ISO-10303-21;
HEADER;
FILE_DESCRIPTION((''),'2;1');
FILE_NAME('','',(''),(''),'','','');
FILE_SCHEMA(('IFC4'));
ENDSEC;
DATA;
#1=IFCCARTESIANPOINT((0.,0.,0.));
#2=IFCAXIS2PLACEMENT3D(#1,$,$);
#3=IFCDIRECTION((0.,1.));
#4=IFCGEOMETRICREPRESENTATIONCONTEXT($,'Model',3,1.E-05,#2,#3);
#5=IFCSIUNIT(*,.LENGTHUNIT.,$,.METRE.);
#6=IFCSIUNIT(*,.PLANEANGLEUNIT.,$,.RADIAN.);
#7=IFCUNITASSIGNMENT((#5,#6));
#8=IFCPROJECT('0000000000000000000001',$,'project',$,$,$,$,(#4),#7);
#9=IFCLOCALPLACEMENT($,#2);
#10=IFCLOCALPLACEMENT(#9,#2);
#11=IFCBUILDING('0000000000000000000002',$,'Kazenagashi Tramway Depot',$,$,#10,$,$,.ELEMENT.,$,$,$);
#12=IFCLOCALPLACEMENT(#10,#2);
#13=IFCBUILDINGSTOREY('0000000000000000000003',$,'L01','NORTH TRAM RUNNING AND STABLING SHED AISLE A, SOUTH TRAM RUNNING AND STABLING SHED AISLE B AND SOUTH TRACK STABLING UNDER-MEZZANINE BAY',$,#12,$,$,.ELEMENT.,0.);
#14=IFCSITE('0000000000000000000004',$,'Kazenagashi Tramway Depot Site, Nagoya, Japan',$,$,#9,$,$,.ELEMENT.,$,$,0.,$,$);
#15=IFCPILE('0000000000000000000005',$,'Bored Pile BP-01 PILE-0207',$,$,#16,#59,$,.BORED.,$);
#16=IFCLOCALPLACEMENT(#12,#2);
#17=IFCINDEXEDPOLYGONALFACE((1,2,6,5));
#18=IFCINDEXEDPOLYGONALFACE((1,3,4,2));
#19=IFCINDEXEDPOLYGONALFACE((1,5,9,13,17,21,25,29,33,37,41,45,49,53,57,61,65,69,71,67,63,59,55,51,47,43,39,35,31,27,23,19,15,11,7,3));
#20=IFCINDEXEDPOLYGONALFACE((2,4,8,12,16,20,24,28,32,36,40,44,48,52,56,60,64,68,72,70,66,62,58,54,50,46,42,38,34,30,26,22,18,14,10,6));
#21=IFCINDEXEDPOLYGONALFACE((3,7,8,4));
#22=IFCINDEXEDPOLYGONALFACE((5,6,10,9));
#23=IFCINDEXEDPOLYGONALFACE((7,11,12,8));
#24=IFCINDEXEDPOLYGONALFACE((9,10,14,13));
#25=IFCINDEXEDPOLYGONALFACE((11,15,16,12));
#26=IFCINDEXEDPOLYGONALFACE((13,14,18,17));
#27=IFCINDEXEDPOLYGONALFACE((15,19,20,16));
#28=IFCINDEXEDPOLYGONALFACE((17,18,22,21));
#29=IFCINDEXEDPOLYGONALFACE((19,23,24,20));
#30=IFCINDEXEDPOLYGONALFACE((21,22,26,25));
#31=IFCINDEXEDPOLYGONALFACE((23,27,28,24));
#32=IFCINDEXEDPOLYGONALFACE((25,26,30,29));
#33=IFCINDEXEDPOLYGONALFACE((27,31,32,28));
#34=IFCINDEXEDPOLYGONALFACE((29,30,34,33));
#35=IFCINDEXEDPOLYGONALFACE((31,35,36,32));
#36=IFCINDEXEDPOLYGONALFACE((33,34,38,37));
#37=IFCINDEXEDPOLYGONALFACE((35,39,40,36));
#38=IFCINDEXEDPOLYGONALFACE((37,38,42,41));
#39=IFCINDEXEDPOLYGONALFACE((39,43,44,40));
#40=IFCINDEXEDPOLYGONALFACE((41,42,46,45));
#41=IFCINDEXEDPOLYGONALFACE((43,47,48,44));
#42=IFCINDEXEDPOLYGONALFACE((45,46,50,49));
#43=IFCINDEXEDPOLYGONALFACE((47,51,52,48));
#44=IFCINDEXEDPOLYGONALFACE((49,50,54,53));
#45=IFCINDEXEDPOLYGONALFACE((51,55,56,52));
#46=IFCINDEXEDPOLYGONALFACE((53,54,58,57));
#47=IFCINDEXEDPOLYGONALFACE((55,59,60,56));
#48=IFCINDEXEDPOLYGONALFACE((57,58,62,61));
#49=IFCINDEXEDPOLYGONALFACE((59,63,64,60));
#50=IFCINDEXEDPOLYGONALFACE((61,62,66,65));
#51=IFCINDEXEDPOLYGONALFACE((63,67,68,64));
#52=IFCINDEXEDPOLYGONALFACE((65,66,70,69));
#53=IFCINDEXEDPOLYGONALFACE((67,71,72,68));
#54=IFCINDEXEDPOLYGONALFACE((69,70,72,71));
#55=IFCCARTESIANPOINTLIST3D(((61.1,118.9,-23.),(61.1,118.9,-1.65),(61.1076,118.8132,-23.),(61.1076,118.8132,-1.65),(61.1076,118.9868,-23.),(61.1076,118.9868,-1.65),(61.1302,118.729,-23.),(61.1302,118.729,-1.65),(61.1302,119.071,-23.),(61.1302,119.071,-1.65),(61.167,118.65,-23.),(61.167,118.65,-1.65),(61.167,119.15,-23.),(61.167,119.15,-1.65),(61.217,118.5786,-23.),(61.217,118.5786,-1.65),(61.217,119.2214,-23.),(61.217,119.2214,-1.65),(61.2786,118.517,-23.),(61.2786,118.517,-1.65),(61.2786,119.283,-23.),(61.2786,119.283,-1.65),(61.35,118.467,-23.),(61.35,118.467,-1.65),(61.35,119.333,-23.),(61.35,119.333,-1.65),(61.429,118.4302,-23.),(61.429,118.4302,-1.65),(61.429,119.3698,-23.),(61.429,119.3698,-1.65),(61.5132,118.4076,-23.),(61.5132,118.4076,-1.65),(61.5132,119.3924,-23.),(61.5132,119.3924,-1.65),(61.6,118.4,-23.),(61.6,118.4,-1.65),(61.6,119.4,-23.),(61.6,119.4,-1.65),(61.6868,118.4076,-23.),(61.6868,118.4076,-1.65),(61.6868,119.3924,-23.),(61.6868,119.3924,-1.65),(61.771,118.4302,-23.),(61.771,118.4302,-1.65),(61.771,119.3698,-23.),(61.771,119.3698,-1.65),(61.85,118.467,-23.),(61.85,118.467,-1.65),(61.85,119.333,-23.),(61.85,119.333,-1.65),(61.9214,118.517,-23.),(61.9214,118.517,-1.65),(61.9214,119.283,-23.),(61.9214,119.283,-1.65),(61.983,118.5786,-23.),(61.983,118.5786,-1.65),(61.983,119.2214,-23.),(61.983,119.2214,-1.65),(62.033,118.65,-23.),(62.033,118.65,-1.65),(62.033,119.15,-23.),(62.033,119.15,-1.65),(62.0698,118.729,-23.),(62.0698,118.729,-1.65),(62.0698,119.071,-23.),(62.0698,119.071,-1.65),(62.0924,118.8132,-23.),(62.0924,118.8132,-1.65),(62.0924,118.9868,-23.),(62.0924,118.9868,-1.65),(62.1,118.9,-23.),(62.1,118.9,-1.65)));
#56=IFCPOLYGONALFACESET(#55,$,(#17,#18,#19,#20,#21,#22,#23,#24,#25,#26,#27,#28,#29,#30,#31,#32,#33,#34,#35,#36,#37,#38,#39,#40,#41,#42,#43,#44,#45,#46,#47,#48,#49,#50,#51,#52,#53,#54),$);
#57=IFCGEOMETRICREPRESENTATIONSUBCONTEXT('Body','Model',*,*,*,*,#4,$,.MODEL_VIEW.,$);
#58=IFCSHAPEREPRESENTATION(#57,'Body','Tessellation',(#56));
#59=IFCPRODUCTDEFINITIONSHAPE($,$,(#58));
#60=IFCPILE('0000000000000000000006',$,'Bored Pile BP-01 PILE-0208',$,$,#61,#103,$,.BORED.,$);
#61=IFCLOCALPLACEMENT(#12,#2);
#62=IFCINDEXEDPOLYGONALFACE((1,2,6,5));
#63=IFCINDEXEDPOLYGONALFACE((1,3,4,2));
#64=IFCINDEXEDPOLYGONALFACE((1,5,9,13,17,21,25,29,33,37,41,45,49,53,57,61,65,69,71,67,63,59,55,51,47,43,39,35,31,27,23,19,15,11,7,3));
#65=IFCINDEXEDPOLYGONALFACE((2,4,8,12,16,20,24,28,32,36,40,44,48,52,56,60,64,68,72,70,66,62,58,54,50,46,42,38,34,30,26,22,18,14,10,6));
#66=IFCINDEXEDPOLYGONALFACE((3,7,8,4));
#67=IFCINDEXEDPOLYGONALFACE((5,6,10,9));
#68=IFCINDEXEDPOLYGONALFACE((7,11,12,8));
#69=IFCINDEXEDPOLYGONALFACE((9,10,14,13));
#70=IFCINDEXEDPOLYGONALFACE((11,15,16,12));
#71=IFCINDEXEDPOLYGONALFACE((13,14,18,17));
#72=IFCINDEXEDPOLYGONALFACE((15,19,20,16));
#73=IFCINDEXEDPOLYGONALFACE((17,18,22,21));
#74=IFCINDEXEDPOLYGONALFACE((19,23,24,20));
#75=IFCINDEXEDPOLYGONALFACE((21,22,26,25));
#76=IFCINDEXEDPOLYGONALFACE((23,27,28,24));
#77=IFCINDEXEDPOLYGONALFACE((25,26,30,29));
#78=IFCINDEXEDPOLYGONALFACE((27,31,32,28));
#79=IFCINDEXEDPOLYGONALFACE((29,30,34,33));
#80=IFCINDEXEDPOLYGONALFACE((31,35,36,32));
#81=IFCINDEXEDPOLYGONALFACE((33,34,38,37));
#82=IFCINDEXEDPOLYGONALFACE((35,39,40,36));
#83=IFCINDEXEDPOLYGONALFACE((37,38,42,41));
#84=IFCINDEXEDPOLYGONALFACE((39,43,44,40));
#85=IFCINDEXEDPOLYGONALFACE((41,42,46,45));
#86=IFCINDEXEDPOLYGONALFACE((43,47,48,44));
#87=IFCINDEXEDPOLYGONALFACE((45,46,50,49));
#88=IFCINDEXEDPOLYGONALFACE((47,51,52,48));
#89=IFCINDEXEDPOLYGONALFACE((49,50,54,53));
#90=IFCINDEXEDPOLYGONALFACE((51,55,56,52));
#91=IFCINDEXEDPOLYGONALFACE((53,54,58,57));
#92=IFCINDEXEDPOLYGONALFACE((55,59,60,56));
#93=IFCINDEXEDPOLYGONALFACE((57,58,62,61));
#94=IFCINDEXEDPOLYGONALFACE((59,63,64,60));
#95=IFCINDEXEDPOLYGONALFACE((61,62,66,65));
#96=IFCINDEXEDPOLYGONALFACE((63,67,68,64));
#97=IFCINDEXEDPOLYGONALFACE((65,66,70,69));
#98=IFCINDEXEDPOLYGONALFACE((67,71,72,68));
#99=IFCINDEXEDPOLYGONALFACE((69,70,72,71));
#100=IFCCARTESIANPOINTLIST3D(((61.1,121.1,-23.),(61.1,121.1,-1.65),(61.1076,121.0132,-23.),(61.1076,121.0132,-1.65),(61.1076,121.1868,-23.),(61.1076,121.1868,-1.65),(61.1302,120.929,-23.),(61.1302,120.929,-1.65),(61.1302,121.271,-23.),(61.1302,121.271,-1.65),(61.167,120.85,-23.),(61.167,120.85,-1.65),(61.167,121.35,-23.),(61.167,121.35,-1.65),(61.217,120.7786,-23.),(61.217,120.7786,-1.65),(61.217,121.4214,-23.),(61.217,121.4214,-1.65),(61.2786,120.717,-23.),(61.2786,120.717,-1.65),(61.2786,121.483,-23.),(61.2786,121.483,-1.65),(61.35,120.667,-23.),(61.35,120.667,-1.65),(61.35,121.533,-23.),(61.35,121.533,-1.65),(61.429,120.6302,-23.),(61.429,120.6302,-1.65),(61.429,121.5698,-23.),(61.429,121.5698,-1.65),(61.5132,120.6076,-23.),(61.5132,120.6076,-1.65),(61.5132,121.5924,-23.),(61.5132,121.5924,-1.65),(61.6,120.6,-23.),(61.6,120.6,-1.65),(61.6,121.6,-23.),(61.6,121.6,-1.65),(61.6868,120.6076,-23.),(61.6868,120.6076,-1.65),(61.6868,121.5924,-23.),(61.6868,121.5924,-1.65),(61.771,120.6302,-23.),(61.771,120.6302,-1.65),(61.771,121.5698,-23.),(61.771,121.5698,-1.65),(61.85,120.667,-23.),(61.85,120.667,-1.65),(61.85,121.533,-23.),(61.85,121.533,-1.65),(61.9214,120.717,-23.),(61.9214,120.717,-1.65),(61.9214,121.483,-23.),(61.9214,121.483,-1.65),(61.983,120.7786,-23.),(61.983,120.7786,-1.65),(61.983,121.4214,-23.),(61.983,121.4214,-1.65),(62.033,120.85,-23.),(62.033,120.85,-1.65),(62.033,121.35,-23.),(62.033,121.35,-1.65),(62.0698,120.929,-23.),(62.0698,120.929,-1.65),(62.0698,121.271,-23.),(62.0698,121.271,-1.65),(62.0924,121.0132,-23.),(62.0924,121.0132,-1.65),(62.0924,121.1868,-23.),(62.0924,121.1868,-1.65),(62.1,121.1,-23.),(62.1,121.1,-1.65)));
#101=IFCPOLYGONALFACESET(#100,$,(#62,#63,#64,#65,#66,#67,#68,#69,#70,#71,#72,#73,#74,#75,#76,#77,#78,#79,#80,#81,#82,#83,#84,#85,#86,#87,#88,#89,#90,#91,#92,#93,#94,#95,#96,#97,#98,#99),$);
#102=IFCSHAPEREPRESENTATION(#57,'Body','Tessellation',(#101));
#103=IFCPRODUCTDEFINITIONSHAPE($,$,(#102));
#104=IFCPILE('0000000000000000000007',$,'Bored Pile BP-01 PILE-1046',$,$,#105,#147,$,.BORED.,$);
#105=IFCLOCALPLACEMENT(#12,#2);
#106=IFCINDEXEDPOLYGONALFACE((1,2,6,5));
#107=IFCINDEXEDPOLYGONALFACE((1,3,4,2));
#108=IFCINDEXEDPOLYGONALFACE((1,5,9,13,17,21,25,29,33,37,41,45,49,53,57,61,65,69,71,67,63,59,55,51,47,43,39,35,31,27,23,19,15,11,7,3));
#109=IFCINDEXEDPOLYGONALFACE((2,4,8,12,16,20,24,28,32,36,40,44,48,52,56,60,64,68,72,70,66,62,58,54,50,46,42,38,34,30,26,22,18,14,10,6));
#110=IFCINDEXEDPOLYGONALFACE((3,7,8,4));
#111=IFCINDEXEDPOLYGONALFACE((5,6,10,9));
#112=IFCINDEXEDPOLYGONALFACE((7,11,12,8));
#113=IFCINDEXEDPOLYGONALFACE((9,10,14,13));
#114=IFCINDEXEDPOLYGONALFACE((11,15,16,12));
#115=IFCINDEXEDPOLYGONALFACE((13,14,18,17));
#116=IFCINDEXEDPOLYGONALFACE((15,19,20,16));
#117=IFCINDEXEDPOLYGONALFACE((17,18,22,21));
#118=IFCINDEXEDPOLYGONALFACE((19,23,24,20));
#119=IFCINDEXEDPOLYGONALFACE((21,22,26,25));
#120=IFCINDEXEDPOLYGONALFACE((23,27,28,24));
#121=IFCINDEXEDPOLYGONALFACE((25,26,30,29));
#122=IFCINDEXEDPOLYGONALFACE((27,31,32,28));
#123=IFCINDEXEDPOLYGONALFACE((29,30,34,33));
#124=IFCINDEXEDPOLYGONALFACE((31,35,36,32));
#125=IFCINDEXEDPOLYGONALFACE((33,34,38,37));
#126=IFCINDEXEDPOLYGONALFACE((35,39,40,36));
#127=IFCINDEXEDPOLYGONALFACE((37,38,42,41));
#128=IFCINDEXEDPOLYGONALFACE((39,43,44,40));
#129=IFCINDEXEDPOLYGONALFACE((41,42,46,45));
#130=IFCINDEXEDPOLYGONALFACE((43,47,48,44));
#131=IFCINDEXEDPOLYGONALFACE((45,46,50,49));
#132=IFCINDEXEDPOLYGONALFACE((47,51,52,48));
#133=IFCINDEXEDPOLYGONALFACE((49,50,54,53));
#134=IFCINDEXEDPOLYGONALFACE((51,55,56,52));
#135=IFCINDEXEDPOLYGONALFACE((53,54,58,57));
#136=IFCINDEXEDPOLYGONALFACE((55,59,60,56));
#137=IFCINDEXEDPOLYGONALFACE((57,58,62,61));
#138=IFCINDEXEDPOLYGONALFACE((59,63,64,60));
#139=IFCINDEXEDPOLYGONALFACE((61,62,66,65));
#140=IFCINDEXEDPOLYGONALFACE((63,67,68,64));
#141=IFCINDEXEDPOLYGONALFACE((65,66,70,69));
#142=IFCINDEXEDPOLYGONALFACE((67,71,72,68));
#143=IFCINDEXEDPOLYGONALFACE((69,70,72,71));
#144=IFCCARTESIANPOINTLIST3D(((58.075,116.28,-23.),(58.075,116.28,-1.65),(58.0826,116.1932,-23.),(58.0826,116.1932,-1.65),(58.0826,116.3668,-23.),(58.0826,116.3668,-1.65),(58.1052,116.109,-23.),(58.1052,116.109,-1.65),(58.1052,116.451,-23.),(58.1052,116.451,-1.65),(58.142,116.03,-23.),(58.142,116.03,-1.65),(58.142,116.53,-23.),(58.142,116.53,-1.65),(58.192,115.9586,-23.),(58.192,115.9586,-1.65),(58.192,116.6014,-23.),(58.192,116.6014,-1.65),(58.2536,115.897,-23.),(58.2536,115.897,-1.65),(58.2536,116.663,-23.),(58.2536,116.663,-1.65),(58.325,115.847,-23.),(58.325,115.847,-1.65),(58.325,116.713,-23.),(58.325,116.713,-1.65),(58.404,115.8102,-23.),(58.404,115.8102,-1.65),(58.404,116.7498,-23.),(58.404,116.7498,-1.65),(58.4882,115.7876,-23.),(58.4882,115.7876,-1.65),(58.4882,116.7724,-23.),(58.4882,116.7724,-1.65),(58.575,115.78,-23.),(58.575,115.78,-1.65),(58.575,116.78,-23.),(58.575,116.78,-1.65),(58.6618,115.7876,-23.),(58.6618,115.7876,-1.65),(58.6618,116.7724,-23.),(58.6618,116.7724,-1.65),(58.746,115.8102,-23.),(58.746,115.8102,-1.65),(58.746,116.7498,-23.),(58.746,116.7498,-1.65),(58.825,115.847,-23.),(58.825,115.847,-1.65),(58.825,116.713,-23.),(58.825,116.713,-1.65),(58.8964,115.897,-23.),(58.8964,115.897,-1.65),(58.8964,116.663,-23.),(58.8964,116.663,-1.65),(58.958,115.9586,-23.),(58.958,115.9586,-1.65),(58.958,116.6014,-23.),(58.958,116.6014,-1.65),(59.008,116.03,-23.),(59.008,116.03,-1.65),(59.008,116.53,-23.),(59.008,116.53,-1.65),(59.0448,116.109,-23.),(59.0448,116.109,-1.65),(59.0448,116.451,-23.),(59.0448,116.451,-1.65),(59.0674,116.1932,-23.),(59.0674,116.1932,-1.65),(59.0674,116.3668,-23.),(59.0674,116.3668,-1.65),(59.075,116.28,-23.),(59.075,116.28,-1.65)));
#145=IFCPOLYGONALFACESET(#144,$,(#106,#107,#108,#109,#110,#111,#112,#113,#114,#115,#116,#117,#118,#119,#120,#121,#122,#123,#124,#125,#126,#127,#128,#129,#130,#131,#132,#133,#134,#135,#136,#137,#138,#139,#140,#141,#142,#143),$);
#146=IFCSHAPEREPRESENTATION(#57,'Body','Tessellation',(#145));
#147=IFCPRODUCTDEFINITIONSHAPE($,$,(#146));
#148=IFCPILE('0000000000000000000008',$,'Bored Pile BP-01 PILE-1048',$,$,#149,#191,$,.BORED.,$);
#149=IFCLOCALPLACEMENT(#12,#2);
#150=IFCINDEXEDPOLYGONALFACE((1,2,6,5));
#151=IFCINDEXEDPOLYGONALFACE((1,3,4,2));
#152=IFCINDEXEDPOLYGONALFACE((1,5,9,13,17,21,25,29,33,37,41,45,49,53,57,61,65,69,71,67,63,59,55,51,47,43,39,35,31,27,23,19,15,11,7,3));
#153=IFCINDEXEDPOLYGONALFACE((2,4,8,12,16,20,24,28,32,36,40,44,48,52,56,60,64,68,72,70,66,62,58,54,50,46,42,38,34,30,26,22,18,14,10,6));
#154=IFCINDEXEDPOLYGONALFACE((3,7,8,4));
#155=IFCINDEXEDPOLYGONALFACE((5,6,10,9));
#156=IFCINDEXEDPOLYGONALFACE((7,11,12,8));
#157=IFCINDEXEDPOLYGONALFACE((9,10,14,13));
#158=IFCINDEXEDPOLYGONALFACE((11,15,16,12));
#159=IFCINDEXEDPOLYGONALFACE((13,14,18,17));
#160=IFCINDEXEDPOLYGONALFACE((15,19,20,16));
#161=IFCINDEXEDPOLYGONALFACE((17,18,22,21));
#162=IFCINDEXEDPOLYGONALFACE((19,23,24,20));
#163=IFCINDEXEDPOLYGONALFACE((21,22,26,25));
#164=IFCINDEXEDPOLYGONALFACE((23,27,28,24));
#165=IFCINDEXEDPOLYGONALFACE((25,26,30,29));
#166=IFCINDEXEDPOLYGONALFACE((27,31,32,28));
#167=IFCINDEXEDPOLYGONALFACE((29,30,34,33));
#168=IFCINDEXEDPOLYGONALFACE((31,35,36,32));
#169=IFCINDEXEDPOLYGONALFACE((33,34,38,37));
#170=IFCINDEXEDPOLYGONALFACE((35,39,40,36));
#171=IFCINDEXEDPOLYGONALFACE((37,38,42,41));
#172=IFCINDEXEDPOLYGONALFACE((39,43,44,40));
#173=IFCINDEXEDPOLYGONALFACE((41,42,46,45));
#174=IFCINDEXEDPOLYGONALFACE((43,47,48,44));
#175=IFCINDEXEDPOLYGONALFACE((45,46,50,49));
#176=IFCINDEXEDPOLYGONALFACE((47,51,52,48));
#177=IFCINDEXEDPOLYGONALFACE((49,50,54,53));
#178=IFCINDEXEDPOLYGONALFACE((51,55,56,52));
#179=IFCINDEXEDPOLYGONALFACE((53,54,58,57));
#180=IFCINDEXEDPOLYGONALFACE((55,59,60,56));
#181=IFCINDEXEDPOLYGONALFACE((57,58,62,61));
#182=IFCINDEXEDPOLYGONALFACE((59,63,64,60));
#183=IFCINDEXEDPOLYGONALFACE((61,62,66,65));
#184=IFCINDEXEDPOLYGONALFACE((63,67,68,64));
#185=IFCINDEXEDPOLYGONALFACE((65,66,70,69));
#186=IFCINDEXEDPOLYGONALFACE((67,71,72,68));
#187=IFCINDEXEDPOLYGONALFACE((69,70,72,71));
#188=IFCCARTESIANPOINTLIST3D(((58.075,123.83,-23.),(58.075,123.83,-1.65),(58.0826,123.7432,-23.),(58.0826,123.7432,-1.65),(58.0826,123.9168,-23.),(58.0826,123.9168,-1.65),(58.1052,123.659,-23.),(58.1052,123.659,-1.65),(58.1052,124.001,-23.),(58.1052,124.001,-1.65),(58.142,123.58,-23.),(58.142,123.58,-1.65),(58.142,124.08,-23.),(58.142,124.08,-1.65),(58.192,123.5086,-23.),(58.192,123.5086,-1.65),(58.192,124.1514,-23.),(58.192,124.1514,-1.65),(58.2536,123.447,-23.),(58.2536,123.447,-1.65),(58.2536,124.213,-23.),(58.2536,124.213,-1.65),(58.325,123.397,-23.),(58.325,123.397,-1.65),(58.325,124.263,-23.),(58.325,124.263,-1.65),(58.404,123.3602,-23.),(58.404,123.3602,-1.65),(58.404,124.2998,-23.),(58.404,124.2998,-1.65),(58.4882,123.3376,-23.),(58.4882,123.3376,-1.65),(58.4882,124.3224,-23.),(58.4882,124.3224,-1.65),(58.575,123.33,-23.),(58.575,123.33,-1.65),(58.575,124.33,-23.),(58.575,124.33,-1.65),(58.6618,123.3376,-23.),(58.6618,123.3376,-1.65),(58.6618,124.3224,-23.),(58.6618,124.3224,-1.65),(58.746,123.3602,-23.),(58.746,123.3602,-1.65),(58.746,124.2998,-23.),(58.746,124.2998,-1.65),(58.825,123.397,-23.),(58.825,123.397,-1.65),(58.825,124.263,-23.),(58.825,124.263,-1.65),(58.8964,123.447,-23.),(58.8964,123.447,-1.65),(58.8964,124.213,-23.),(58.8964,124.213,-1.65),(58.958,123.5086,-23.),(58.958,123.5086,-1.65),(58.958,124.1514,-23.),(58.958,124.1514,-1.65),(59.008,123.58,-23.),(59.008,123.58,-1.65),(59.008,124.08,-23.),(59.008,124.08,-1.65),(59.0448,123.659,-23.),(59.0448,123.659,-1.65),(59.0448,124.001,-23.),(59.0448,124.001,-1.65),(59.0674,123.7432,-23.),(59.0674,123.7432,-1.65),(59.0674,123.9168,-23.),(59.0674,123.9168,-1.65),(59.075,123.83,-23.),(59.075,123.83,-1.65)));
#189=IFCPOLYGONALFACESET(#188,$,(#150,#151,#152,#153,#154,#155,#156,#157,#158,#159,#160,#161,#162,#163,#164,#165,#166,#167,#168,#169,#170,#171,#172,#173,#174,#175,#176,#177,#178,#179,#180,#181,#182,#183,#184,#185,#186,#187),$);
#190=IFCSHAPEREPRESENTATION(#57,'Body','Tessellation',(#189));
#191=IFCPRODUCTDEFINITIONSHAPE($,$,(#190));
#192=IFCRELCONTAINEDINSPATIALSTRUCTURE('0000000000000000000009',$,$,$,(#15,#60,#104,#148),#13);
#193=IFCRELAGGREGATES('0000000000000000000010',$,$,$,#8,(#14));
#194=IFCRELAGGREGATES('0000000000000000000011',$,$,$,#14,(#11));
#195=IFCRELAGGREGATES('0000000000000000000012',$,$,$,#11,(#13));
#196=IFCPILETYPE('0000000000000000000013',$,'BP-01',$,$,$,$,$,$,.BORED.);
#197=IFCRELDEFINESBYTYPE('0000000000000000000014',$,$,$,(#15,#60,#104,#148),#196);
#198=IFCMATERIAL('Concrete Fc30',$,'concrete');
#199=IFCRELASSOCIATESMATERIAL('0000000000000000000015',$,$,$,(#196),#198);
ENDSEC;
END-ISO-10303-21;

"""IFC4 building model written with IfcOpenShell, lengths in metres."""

from ifc_helpers import new_model, si_unit, direction, frame, origin, origin_2d, place, context, subcontext, project, spatial, circle, extrude, material, material_profile, profile_set, type_object, element, save


model = new_model("IFC4")

# Units and contexts
model_context = context("Model", 3, precision=1e-05, world=origin(), true_north=direction((0.0, 1.0)))
body_context = subcontext(model_context, "Body", "Model", "MODEL_VIEW")
ifc_project = project(units=[si_unit("LENGTHUNIT", "METRE"), si_unit("PLANEANGLEUNIT", "RADIAN")], contexts=[model_context])

# Site, building, storey
site_placement = place(None, origin())
site = spatial("IfcSite", under=ifc_project, at=site_placement, Name="Kazenagashi Tramway Depot Site, Nagoya, Japan", CompositionType="ELEMENT", RefElevation=0.0)
building_placement = place(site_placement, origin())
building = spatial("IfcBuilding", under=site, at=building_placement, Name="Kazenagashi Tramway Depot", CompositionType="ELEMENT")
storey_placement = place(building_placement, origin())
storey = spatial("IfcBuildingStorey", under=building, at=storey_placement, Name="L01", Description="NORTH TRAM RUNNING AND STABLING SHED AISLE A, SOUTH TRAM RUNNING AND STABLING SHED AISLE B AND SOUTH TRACK STABLING UNDER-MEZZANINE BAY", CompositionType="ELEMENT", Elevation=0.0)

# Piles
ifc_material_1 = material(Name="Concrete Fc30", Category="concrete")
ifc_material_profile_1 = material_profile(ifc_material_1, circle(Radius=0.5, at=origin_2d()), Name="PILE-1000")
ifc_profile_set_1 = profile_set([ifc_material_profile_1], Name="Concrete Fc30")
pile_type_1 = type_object("IfcPileType", Name="BP-01", PredefinedType="BORED", material=ifc_profile_set_1)
for number, where, z_axis, x_axis, name in (
    (1, (61.6, 118.9, -1.65), (0.0, 0.0, -1.0), (1.0, 0.0, 0.0), "Bored Pile BP-01 PILE-0207"),
    (2, (61.6, 121.1, -1.65), (0.0, 0.0, -1.0), (1.0, 0.0, 0.0), "Bored Pile BP-01 PILE-0208"),
    (3, (58.575, 116.28, -1.65), (0.0, 0.0, -1.0), (1.0, 0.0, 0.0), "Bored Pile BP-01 PILE-1046"),
    (4, (58.575, 123.83, -1.65), (0.0, 0.0, -1.0), (1.0, 0.0, 0.0), "Bored Pile BP-01 PILE-1048"),
):
    element("IfcPile", number, at=place(storey_placement, frame(where, z_axis=z_axis, x_axis=x_axis)), inside=storey, type_object=pile_type_1, Name=name, PredefinedType="BORED", context=body_context, shape_type="SweptSolid", body=[
        extrude(circle(Radius=0.5, at=origin_2d()), origin(), (0.0, 0.0, 1.0), 21.35),
    ])

save(model, "model.ifc")
